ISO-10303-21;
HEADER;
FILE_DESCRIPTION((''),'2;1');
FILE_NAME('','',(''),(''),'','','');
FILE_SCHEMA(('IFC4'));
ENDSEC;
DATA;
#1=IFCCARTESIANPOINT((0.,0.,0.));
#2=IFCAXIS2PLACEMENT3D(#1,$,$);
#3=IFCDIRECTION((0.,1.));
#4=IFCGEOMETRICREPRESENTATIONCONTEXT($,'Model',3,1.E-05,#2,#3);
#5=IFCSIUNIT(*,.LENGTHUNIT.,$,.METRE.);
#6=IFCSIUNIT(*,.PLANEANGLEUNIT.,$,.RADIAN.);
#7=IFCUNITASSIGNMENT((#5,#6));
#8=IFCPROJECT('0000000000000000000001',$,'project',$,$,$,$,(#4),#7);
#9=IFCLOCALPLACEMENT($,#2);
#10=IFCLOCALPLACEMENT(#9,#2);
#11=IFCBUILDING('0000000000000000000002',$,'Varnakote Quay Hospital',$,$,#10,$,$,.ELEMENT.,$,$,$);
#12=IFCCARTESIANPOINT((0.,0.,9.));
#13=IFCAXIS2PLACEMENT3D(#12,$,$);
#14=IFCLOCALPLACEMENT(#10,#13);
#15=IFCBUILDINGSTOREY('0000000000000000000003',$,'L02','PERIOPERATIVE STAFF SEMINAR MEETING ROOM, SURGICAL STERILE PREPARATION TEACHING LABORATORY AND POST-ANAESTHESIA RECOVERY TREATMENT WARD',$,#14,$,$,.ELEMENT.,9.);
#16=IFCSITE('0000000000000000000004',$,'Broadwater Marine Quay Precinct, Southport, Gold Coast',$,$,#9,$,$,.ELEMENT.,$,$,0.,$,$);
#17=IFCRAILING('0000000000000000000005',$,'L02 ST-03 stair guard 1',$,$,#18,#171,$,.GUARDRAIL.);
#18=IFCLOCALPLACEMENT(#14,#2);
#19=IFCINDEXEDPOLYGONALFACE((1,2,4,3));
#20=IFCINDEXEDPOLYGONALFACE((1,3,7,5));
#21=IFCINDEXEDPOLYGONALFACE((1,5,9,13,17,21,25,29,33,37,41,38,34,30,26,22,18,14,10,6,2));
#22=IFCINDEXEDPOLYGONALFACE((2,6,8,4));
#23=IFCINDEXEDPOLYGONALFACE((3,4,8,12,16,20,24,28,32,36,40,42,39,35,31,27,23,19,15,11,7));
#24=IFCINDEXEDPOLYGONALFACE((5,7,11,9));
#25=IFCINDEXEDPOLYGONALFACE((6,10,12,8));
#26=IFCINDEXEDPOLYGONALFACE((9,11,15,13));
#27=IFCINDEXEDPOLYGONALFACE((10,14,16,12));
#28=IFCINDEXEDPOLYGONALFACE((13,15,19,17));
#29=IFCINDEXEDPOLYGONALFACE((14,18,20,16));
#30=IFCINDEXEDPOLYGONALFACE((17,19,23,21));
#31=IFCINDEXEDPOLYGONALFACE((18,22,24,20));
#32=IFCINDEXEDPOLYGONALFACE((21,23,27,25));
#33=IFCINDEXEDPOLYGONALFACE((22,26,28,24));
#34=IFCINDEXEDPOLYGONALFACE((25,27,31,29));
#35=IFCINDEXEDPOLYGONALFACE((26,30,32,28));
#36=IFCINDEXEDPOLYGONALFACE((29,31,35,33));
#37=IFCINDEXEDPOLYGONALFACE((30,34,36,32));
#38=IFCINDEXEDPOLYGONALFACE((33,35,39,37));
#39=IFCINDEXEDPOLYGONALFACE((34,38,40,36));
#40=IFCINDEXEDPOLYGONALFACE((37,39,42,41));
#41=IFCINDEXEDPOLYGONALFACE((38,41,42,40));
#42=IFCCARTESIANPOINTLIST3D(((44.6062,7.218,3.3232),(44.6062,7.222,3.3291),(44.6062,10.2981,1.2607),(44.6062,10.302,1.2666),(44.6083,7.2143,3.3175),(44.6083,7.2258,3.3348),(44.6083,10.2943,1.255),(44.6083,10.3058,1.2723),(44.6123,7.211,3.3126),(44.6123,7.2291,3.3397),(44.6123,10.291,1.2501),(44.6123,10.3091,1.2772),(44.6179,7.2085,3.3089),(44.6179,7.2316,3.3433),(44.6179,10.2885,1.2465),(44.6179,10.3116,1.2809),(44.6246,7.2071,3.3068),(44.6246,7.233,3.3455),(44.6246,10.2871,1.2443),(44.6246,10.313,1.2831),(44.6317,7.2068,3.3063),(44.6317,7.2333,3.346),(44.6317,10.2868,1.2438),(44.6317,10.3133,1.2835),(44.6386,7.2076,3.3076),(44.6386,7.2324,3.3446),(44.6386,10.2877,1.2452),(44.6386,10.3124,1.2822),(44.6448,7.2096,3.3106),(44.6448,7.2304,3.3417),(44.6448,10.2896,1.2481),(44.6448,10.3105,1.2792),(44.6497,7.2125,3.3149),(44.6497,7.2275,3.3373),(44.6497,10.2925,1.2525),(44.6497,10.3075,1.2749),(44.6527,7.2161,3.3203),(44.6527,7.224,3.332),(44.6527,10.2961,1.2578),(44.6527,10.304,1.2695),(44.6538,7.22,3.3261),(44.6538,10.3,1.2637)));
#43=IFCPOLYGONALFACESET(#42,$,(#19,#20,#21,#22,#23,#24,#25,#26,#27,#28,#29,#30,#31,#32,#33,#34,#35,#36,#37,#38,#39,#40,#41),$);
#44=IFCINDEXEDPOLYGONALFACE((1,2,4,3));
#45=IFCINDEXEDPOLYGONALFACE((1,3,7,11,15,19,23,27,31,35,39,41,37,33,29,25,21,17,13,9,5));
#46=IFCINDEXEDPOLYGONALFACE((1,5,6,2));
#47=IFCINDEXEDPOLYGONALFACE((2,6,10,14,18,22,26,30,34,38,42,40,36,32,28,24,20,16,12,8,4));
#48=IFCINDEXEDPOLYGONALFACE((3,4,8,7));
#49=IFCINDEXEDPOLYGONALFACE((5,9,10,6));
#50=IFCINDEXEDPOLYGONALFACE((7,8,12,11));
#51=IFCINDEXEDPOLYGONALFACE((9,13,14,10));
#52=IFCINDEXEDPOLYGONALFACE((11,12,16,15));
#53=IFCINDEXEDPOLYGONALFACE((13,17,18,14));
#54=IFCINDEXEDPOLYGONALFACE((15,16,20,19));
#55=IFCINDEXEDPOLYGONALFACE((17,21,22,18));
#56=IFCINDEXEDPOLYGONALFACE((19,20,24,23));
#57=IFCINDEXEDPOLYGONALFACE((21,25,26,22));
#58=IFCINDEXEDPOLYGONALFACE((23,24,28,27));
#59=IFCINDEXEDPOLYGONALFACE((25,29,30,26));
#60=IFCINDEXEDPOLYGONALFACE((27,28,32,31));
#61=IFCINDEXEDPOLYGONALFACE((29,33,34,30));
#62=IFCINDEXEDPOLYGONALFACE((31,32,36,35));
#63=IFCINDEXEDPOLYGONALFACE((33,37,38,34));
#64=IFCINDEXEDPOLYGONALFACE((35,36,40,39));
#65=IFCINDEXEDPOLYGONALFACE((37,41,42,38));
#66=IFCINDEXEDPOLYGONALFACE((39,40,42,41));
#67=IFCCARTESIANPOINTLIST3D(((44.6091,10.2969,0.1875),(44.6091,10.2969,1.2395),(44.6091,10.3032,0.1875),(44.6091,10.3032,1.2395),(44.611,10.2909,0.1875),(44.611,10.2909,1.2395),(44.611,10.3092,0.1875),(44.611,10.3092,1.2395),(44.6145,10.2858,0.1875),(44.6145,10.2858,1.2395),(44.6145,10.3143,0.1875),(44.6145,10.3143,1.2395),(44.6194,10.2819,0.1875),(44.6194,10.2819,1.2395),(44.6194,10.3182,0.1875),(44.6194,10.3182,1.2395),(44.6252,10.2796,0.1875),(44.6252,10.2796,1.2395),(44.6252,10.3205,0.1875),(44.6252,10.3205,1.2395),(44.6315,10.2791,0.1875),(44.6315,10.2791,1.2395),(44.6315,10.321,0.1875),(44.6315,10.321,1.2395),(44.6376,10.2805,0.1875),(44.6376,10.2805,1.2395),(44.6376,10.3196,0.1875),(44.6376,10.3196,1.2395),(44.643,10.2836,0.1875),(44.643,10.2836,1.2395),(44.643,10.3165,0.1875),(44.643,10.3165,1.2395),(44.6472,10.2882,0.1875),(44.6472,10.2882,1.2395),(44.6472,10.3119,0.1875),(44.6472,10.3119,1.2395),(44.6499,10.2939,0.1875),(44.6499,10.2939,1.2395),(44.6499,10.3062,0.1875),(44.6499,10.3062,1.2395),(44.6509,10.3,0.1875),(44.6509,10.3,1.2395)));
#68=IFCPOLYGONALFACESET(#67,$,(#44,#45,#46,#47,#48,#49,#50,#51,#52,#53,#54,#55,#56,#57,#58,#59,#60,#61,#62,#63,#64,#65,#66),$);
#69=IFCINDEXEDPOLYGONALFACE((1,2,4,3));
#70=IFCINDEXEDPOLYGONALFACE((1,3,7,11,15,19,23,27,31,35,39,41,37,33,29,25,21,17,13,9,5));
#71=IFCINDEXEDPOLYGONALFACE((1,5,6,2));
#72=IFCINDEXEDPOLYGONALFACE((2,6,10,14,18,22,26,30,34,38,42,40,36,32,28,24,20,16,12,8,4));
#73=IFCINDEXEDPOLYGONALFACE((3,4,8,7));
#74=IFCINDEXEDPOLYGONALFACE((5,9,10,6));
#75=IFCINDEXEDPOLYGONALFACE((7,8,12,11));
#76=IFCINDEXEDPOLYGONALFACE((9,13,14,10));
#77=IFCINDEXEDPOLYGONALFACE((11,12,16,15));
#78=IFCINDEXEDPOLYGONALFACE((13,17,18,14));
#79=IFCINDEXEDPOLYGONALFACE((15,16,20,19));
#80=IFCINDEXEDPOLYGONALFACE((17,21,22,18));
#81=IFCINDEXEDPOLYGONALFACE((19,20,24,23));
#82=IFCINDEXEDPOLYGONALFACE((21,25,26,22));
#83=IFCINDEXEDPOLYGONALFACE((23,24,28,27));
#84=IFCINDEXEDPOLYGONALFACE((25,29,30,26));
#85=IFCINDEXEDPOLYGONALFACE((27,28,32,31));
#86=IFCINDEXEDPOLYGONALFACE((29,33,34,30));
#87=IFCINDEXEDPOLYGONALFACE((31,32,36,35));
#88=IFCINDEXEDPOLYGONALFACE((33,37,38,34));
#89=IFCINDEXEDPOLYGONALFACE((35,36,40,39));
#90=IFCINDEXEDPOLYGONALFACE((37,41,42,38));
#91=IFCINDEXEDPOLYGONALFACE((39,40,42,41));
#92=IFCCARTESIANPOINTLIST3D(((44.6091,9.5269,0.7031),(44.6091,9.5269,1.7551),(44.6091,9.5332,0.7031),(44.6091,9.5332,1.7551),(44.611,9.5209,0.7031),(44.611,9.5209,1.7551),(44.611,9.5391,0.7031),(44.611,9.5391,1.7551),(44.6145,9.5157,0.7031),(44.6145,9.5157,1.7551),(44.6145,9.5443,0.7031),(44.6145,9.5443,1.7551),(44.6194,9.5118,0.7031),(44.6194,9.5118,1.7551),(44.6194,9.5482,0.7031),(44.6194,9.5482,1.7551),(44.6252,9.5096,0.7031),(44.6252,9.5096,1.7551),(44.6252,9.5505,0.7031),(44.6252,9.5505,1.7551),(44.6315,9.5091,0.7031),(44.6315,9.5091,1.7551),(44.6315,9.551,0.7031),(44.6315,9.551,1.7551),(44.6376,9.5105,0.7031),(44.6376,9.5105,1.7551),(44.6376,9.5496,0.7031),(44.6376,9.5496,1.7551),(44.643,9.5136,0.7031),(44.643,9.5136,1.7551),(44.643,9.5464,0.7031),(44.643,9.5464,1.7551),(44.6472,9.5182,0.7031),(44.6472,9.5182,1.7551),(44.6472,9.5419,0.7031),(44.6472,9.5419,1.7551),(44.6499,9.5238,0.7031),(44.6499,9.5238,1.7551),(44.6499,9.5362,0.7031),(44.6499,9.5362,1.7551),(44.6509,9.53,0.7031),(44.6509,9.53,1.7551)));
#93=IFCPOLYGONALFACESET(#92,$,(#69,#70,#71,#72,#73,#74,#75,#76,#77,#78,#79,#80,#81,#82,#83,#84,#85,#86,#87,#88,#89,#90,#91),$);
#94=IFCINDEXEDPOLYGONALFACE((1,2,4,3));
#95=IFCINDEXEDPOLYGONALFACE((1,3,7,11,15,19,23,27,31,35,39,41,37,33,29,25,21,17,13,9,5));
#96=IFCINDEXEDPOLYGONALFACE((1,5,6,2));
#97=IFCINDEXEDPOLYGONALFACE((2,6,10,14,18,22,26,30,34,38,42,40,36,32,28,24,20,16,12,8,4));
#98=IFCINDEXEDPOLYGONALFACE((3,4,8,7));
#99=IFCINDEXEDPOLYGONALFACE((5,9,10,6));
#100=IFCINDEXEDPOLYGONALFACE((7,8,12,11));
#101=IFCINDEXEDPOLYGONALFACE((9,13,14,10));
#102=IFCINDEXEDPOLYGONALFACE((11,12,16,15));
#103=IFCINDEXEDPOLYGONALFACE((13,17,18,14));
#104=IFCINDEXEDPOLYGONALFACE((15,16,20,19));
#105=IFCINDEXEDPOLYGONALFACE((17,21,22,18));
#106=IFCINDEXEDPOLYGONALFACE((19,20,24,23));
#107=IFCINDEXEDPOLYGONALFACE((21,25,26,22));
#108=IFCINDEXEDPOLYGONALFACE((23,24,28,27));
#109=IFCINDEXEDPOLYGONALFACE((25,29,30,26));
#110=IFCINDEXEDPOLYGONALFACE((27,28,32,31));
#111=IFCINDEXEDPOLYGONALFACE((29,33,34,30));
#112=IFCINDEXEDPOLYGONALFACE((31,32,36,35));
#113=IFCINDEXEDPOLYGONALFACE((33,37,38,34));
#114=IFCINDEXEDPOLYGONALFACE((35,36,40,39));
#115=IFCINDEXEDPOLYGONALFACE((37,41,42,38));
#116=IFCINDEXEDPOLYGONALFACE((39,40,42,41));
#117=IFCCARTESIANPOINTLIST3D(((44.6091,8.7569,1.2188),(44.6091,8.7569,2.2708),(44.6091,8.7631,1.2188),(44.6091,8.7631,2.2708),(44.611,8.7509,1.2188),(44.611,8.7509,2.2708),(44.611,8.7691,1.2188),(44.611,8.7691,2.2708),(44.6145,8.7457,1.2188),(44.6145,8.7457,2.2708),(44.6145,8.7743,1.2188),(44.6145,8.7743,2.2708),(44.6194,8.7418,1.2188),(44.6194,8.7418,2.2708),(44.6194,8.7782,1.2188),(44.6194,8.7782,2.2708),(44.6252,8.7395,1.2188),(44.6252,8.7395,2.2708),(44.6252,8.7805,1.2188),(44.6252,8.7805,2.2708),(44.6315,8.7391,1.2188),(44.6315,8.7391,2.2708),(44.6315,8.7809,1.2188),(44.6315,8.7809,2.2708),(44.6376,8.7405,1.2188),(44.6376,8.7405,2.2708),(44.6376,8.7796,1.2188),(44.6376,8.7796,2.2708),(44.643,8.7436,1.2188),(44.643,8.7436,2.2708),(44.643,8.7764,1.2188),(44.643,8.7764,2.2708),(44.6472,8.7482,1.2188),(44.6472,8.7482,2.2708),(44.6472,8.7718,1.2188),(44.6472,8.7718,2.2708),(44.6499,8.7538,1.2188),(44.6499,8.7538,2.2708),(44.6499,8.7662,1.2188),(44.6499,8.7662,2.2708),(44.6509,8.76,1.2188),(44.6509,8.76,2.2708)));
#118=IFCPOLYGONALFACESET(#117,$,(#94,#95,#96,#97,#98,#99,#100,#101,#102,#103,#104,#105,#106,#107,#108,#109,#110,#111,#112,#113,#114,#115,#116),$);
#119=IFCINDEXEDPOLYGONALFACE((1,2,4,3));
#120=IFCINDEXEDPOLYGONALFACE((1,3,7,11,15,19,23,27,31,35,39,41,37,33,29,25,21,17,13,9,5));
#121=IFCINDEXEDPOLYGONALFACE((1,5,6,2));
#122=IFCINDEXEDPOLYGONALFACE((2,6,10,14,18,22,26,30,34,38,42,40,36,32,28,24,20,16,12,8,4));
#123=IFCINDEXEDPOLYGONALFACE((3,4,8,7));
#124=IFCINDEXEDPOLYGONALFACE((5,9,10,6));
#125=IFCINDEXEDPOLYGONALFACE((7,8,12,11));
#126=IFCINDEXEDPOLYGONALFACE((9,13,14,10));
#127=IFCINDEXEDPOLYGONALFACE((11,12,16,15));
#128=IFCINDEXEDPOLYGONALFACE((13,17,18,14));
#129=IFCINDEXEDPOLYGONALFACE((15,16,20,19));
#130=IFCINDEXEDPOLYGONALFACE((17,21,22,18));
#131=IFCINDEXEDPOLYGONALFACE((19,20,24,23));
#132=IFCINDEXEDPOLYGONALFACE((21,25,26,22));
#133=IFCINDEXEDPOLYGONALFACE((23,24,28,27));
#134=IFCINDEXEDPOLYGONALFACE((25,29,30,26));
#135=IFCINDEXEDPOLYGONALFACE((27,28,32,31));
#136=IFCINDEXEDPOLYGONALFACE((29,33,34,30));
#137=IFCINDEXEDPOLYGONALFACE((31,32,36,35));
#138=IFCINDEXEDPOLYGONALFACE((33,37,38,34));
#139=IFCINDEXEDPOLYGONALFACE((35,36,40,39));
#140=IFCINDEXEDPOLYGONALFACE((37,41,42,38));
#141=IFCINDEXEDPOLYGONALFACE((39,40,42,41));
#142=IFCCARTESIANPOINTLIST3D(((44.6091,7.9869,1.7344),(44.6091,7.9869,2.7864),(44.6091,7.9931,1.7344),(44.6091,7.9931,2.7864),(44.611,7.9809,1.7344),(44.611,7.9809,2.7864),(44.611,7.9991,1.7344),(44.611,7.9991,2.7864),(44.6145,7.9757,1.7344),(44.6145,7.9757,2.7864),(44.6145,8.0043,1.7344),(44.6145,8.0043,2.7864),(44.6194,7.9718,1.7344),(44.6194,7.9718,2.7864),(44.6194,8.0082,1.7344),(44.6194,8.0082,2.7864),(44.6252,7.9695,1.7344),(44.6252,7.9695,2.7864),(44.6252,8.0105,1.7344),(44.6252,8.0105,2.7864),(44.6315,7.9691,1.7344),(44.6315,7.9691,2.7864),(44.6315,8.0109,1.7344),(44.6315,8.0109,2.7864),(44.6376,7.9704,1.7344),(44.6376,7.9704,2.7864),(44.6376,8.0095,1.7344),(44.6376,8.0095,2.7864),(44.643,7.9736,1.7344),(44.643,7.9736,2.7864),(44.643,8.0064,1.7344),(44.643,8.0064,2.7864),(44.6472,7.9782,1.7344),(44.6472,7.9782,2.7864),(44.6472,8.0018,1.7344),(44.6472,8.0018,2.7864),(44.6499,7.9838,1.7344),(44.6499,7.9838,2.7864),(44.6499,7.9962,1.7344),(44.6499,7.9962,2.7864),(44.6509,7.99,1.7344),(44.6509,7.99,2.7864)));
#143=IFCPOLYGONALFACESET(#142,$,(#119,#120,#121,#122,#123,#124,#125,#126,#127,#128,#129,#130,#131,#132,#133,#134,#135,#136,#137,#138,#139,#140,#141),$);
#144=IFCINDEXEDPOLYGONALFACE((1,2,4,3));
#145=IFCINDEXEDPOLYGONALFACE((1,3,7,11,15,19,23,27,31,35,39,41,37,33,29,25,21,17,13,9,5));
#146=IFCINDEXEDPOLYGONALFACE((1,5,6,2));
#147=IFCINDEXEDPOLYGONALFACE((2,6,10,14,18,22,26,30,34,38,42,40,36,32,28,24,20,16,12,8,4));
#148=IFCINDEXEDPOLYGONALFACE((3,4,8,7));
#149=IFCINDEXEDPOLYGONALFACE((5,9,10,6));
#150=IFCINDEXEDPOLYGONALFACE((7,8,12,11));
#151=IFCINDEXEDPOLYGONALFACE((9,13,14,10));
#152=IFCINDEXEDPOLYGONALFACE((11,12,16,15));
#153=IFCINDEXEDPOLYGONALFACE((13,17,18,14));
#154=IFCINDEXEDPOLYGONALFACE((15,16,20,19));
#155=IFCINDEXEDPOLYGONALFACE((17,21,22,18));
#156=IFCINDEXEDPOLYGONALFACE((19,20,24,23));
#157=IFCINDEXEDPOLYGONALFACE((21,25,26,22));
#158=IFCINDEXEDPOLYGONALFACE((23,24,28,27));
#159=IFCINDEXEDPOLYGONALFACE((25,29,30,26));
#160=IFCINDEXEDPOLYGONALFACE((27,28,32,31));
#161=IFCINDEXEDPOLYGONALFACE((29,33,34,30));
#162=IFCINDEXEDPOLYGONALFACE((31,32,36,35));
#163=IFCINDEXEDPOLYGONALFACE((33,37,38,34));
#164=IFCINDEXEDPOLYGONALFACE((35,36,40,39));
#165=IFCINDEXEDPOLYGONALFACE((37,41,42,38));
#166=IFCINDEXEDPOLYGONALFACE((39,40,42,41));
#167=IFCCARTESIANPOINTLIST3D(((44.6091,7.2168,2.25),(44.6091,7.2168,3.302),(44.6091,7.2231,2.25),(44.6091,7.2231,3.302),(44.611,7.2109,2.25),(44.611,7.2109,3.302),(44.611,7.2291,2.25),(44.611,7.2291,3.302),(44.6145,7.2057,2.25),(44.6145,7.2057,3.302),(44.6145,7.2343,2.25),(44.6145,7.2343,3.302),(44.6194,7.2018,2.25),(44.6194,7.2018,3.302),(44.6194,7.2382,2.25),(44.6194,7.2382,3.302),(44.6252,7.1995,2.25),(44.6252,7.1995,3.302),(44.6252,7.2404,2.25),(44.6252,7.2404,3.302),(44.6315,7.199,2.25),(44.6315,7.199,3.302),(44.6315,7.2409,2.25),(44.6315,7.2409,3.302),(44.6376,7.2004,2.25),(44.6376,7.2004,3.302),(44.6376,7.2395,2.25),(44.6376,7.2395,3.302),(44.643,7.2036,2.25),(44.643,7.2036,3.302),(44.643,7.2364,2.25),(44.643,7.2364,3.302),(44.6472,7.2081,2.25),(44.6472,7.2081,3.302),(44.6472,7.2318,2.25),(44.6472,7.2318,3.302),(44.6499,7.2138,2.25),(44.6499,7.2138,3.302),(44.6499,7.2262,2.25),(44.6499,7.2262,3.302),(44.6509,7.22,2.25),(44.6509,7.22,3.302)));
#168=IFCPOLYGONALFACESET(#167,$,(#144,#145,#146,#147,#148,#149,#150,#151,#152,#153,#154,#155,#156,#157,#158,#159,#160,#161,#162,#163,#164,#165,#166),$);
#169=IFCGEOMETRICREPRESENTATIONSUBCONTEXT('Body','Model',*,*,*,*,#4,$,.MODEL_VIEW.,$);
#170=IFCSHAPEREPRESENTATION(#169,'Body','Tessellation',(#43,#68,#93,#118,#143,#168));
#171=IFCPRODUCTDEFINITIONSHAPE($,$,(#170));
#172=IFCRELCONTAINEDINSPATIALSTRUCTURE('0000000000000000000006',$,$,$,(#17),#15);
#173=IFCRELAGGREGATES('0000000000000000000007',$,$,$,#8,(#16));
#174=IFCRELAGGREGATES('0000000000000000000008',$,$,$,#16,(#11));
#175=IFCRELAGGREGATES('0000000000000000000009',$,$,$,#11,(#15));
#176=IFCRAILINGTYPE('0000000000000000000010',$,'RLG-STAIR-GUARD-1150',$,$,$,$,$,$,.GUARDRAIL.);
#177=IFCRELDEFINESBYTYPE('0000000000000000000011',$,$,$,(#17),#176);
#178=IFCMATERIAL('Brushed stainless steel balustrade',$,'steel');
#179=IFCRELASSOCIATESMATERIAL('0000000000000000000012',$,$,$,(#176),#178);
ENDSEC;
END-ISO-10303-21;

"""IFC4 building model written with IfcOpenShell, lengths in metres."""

from ifc_helpers import new_model, si_unit, direction, frame, origin, origin_2d, place, context, subcontext, project, spatial, circle, extrude, material, type_object, element, save


model = new_model("IFC4")

# Units and contexts
model_context = context("Model", 3, precision=1e-05, world=origin(), true_north=direction((0.0, 1.0)))
body_context = subcontext(model_context, "Body", "Model", "MODEL_VIEW")
ifc_project = project(units=[si_unit("LENGTHUNIT", "METRE"), si_unit("PLANEANGLEUNIT", "RADIAN")], contexts=[model_context])

# Site, building, storey
site_placement = place(None, origin())
site = spatial("IfcSite", under=ifc_project, at=site_placement, Name="Broadwater Marine Quay Precinct, Southport, Gold Coast", CompositionType="ELEMENT", RefElevation=0.0)
building_placement = place(site_placement, origin())
building = spatial("IfcBuilding", under=site, at=building_placement, Name="Varnakote Quay Hospital", CompositionType="ELEMENT")
storey_placement = place(building_placement, frame((0.0, 0.0, 9.0)))
storey = spatial("IfcBuildingStorey", under=building, at=storey_placement, Name="L02", Description="PERIOPERATIVE STAFF SEMINAR MEETING ROOM, SURGICAL STERILE PREPARATION TEACHING LABORATORY AND POST-ANAESTHESIA RECOVERY TREATMENT WARD", CompositionType="ELEMENT", Elevation=9.0)

# Railing
ifc_material_1 = material(Name="Brushed stainless steel balustrade", Category="steel")
railing_type_1 = type_object("IfcRailingType", Name="RLG-STAIR-GUARD-1150", PredefinedType="GUARDRAIL", material=ifc_material_1)
railing_1_placement = place(storey_placement, frame((44.6299, 10.3, 0.1875)))
element("IfcRailing", 1, at=railing_1_placement, inside=storey, type_object=railing_type_1, Name="L02 ST-03 stair guard 1", PredefinedType="GUARDRAIL", context=body_context, shape_type="SweptSolid", body=[
    extrude(circle(Radius=0.0239, at=origin_2d()), frame((0.0, 0.0, 1.0762), z_axis=(0.0, -0.830914, 0.556401), x_axis=(1.0, 0.0, 0.0)), (0.0, 0.0, 1.0), 3.7068),
    extrude(circle(Radius=0.021, at=origin_2d()), origin(), (0.0, 0.0, 1.0), 1.052),
    extrude(circle(Radius=0.021, at=origin_2d()), frame((0.0, -0.77, 0.5156)), (0.0, 0.0, 1.0), 1.052),
    extrude(circle(Radius=0.021, at=origin_2d()), frame((0.0, -1.54, 1.0312)), (0.0, 0.0, 1.0), 1.052),
    extrude(circle(Radius=0.021, at=origin_2d()), frame((0.0, -2.3101, 1.5469)), (0.0, 0.0, 1.0), 1.052),
    extrude(circle(Radius=0.021, at=origin_2d()), frame((0.0, -3.0801, 2.0625)), (0.0, 0.0, 1.0), 1.052),
])

save(model, "model.ifc")
